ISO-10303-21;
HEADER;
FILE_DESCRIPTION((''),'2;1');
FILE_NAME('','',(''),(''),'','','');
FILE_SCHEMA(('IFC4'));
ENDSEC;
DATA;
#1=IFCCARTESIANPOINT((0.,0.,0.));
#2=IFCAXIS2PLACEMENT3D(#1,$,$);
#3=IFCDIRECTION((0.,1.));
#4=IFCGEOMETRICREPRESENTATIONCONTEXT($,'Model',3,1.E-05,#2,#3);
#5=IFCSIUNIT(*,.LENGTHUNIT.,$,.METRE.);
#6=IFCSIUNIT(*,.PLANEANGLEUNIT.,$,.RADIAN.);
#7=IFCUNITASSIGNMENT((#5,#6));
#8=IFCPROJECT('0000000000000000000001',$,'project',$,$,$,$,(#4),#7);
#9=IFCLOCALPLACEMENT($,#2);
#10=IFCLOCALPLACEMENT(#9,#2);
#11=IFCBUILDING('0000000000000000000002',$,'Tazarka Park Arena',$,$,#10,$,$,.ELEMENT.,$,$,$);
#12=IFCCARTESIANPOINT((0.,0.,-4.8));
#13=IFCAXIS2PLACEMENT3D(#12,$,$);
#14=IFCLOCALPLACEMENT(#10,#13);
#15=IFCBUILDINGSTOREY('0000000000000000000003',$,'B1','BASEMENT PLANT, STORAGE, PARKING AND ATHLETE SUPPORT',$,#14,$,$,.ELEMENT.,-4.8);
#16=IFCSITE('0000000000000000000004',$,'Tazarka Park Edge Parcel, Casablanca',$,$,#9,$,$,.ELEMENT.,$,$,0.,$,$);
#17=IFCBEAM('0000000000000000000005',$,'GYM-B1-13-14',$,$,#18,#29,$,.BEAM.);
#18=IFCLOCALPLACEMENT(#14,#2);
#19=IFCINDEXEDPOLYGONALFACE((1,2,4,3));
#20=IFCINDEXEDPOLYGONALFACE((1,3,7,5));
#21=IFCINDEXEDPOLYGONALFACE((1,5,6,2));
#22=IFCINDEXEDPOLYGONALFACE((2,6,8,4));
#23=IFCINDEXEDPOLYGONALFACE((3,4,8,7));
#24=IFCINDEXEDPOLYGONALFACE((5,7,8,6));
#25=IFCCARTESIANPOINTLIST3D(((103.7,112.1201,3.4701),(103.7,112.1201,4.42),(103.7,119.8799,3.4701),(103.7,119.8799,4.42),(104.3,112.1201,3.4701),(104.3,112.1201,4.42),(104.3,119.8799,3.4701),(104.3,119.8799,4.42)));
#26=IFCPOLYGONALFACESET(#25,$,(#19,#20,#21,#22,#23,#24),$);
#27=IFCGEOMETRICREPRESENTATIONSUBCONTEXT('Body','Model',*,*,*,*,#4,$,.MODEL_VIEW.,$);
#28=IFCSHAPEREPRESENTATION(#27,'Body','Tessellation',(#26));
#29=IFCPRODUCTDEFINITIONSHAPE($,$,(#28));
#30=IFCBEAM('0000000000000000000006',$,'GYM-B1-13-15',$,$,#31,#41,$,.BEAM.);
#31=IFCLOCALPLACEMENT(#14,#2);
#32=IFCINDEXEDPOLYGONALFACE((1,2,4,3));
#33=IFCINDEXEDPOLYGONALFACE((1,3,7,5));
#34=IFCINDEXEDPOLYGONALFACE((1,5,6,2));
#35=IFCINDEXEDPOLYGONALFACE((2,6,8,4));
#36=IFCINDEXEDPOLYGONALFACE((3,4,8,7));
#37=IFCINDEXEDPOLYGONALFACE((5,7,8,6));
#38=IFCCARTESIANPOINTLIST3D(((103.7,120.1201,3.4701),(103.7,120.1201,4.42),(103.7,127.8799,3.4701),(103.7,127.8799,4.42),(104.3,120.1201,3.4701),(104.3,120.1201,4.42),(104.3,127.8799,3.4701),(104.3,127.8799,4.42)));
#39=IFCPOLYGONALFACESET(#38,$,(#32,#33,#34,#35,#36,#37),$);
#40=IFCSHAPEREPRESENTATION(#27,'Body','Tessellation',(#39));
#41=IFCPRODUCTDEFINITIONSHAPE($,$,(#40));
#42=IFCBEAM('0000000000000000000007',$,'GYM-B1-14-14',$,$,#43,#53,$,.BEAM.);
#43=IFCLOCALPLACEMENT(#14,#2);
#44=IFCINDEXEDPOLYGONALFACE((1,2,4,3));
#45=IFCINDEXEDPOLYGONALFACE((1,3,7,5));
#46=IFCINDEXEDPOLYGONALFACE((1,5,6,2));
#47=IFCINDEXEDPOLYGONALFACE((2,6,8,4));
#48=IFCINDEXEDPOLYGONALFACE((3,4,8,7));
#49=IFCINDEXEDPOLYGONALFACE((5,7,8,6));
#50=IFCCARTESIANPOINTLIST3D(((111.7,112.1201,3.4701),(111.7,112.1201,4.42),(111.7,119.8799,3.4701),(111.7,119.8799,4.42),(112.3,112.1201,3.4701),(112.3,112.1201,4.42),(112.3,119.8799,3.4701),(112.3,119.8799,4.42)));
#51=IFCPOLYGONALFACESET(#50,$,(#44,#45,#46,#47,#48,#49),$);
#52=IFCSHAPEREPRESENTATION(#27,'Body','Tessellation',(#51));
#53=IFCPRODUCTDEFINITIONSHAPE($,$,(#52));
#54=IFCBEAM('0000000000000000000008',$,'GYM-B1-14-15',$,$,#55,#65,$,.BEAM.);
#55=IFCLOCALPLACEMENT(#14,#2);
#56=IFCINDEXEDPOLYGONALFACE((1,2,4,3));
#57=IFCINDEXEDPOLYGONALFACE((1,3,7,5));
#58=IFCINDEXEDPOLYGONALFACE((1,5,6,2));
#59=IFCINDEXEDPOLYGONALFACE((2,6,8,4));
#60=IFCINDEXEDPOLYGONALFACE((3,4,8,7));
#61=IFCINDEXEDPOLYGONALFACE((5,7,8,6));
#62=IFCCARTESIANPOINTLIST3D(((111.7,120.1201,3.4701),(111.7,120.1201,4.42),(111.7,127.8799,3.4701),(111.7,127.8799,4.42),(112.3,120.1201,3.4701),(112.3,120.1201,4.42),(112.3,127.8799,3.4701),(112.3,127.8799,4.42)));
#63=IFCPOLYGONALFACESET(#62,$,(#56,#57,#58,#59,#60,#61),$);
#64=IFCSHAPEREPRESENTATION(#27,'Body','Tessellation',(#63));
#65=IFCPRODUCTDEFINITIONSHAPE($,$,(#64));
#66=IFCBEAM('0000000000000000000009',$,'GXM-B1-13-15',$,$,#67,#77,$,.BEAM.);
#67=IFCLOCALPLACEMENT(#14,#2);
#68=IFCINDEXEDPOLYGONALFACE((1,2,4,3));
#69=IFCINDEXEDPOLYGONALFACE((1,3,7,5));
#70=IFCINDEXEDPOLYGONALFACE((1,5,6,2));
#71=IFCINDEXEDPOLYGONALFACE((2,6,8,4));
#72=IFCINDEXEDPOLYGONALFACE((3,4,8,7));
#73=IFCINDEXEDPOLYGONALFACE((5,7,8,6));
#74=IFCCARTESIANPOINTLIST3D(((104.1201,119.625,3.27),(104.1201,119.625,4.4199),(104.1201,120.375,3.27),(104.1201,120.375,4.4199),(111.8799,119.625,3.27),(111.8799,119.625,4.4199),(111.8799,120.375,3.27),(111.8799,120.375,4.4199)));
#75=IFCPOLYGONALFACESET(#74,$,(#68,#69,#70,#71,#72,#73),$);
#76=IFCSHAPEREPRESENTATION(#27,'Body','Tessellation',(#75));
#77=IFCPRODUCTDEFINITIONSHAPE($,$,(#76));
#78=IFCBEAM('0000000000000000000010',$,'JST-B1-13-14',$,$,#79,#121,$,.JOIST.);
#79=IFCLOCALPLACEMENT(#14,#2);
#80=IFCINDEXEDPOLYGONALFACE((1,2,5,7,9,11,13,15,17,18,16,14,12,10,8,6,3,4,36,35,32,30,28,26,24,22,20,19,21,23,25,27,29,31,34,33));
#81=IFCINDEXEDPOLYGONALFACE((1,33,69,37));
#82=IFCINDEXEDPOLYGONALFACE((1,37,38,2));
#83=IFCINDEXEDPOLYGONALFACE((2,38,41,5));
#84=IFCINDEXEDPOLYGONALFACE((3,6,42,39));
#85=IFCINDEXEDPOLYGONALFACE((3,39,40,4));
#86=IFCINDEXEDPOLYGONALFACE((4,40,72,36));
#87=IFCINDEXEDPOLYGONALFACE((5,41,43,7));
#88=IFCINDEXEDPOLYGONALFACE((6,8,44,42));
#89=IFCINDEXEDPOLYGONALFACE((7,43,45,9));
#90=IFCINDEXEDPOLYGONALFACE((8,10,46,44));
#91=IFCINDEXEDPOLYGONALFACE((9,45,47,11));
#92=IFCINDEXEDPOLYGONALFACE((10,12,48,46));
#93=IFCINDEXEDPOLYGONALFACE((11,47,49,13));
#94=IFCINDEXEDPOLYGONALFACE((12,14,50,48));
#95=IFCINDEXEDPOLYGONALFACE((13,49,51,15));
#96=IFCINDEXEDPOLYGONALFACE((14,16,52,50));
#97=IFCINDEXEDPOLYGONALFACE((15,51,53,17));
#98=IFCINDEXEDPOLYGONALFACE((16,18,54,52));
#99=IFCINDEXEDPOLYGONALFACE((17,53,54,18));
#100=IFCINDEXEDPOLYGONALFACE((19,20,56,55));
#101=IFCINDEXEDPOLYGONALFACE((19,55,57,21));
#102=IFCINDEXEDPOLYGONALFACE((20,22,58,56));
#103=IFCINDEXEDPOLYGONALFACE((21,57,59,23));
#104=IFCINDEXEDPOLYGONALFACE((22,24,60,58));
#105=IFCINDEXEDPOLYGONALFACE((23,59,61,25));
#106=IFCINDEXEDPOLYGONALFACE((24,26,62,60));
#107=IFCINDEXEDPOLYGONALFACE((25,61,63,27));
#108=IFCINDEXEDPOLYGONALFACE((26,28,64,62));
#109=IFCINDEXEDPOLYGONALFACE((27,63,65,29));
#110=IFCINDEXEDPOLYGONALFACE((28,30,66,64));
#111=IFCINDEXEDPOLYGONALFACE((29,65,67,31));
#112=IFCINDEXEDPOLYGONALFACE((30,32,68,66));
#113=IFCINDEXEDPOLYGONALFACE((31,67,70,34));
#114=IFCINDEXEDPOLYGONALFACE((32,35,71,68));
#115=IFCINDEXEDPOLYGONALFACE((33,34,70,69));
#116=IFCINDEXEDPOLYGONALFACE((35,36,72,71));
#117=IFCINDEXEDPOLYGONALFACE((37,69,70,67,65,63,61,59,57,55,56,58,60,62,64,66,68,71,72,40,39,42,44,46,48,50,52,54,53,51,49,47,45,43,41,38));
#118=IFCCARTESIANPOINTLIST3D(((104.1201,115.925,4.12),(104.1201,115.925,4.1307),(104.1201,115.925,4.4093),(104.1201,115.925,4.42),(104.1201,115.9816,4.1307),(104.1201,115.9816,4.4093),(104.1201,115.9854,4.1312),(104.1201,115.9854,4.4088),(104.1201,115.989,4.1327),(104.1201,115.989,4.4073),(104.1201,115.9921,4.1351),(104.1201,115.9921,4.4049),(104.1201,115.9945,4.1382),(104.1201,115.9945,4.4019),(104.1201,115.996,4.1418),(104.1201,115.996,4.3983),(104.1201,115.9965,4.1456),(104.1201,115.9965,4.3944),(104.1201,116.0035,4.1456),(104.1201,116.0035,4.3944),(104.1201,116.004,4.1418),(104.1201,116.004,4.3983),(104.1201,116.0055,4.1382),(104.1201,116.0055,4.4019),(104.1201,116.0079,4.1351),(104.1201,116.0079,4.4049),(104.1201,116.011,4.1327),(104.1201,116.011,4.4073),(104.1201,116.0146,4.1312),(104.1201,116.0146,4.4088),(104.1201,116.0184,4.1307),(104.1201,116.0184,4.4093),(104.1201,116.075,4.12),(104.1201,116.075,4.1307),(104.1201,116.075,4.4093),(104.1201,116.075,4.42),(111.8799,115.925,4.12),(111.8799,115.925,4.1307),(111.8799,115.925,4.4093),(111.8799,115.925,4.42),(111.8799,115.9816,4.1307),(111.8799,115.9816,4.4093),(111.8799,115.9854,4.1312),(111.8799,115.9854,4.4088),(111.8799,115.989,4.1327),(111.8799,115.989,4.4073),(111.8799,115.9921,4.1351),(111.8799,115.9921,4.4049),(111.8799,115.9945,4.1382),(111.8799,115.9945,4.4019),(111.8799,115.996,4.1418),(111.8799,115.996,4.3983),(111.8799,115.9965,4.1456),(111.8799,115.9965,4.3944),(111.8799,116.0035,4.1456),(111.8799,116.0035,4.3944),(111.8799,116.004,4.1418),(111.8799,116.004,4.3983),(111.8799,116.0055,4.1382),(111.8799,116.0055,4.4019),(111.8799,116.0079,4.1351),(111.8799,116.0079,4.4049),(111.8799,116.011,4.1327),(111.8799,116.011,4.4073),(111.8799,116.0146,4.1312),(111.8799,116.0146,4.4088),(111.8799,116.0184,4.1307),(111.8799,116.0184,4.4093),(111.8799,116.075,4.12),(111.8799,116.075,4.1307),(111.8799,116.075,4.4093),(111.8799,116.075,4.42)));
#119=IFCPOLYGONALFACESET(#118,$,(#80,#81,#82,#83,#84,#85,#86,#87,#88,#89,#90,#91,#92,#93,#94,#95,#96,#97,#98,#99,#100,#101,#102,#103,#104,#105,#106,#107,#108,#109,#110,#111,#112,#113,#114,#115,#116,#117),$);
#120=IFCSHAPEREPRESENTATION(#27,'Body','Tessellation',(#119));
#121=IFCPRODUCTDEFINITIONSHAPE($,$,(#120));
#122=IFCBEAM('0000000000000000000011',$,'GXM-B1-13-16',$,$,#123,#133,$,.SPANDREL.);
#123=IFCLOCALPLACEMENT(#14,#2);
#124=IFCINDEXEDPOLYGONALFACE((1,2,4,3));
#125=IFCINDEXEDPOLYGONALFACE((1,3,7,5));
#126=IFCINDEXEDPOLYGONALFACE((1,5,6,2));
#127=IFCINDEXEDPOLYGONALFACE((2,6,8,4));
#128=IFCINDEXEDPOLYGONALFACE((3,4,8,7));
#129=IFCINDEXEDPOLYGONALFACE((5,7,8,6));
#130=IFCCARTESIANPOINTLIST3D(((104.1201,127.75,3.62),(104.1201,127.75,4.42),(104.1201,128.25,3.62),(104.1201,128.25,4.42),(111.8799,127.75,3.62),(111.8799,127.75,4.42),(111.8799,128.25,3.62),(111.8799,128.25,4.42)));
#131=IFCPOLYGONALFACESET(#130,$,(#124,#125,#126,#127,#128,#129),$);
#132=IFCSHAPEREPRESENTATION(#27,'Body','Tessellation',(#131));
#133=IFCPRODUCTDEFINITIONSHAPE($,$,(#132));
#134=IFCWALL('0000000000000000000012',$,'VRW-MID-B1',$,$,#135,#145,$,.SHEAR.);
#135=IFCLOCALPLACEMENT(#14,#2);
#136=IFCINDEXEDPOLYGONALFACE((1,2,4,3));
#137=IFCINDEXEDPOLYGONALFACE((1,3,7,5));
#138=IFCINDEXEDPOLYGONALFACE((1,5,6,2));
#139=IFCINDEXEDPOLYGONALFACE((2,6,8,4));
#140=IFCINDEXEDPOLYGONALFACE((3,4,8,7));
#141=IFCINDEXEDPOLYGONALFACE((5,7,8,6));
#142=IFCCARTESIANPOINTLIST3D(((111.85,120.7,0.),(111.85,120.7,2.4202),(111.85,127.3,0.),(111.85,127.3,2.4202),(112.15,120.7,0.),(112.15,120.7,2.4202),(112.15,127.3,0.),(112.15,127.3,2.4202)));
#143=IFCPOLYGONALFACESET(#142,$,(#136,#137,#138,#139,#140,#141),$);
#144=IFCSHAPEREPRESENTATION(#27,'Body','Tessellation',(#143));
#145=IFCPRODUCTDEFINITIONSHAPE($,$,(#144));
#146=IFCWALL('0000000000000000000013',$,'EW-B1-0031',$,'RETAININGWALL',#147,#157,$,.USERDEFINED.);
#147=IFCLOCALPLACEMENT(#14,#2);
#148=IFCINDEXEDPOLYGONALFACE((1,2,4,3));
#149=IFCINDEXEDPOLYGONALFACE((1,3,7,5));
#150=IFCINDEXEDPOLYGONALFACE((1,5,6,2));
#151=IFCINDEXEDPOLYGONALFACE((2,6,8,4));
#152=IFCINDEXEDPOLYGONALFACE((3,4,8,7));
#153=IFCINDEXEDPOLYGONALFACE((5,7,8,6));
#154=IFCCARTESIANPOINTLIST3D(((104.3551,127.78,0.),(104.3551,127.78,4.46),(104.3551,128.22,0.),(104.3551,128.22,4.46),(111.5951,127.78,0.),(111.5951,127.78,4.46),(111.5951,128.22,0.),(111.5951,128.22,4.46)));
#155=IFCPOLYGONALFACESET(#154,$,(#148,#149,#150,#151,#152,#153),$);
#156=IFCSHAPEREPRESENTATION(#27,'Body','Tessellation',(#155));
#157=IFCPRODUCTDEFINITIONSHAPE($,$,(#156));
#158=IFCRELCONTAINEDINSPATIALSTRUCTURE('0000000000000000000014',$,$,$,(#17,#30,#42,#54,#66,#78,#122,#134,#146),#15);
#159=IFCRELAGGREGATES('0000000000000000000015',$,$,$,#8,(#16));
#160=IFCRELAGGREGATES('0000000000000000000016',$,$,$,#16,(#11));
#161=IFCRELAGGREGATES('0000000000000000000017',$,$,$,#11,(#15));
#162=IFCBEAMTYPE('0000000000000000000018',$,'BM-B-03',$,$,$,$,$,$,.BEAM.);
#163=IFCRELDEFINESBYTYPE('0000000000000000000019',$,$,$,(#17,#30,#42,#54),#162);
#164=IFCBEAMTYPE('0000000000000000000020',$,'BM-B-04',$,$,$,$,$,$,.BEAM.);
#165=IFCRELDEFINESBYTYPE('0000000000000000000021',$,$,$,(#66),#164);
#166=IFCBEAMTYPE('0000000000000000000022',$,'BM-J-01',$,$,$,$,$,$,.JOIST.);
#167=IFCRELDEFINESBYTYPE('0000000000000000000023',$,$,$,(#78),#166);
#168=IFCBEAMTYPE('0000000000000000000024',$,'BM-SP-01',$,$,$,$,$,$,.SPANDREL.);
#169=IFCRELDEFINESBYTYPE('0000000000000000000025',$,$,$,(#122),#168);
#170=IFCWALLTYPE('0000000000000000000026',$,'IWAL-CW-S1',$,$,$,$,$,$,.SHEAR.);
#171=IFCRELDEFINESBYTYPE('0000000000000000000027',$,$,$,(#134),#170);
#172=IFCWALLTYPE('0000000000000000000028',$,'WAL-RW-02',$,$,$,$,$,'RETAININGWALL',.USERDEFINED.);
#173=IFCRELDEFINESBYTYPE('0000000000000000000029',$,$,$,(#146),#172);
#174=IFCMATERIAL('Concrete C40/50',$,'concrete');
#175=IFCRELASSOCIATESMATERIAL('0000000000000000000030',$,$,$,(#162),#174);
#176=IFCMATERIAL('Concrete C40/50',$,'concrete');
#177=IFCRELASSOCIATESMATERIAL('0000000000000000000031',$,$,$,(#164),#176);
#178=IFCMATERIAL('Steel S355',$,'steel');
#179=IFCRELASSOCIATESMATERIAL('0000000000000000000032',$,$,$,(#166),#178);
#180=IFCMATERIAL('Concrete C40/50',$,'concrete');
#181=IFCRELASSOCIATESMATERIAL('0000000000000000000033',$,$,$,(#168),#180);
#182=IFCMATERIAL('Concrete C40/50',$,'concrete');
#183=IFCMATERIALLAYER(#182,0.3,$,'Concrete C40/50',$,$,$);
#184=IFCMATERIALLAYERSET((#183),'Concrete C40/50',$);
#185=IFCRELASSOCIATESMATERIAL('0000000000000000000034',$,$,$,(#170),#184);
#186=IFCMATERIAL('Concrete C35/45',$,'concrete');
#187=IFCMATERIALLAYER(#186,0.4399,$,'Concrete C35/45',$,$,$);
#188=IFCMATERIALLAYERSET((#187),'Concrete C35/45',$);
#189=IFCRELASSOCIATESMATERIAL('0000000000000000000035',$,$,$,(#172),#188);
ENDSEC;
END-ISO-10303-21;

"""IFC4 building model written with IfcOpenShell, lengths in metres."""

from ifc_helpers import new_model, si_unit, direction, frame, frame_2d, origin, origin_2d, place, context, subcontext, project, spatial, rectangle, i_section, extrude, material, layer, layer_set, material_profile, profile_set, type_object, element, save


model = new_model("IFC4")

# Units and contexts
model_context = context("Model", 3, precision=1e-05, world=origin(), true_north=direction((0.0, 1.0)))
body_context = subcontext(model_context, "Body", "Model", "MODEL_VIEW")
ifc_project = project(units=[si_unit("LENGTHUNIT", "METRE"), si_unit("PLANEANGLEUNIT", "RADIAN")], contexts=[model_context])

# Site, building, storey
site_placement = place(None, origin())
site = spatial("IfcSite", under=ifc_project, at=site_placement, Name="Tazarka Park Edge Parcel, Casablanca", CompositionType="ELEMENT", RefElevation=0.0)
building_placement = place(site_placement, origin())
building = spatial("IfcBuilding", under=site, at=building_placement, Name="Tazarka Park Arena", CompositionType="ELEMENT")
storey_placement = place(building_placement, frame((0.0, 0.0, -4.8)))
storey = spatial("IfcBuildingStorey", under=building, at=storey_placement, Name="B1", Description="BASEMENT PLANT, STORAGE, PARKING AND ATHLETE SUPPORT", CompositionType="ELEMENT", Elevation=-4.8)

# Beams
ifc_material_1 = material(Name="Concrete C40/50", Category="concrete")
ifc_material_profile_1 = material_profile(ifc_material_1, rectangle(XDim=0.6001, YDim=0.95, at=origin_2d()), Name="Concrete C40/50")
ifc_profile_set_1 = profile_set([ifc_material_profile_1], Name="Concrete C40/50")
beam_type_1 = type_object("IfcBeamType", Name="BM-B-03", PredefinedType="BEAM", material=ifc_profile_set_1)
for number, where, z_axis, x_axis, name in (
    (1, (104.0, 112.1201, 3.9451), (0.0, 1.0, 0.0), (-1.0, 0.0, 0.0), "GYM-B1-13-14"),
    (2, (104.0, 120.1201, 3.9451), (0.0, 1.0, 0.0), (-1.0, 0.0, 0.0), "GYM-B1-13-15"),
    (3, (112.0, 112.1201, 3.9451), (0.0, 1.0, 0.0), (-1.0, 0.0, 0.0), "GYM-B1-14-14"),
    (4, (112.0, 120.1201, 3.9451), (0.0, 1.0, 0.0), (-1.0, 0.0, 0.0), "GYM-B1-14-15"),
):
    element("IfcBeam", number, at=place(storey_placement, frame(where, z_axis=z_axis, x_axis=x_axis)), inside=storey, type_object=beam_type_1, Name=name, PredefinedType="BEAM", context=body_context, shape_type="SweptSolid", body=[
        extrude(rectangle(XDim=0.6001, YDim=0.95, at=origin_2d()), origin(), (0.0, 0.0, 1.0), 7.7598),
    ])
ifc_material_2 = material(Name="Concrete C40/50", Category="concrete")
ifc_material_profile_2 = material_profile(ifc_material_2, rectangle(XDim=0.75, YDim=1.1499, at=origin_2d()), Name="Concrete C40/50")
ifc_profile_set_2 = profile_set([ifc_material_profile_2], Name="Concrete C40/50")
beam_type_2 = type_object("IfcBeamType", Name="BM-B-04", PredefinedType="BEAM", material=ifc_profile_set_2)
beam_1_placement = place(storey_placement, frame((104.1201, 120.0, 3.845), z_axis=(1.0, 0.0, 0.0), x_axis=(0.0, 1.0, 0.0)))
element("IfcBeam", 5, at=beam_1_placement, inside=storey, type_object=beam_type_2, Name="GXM-B1-13-15", PredefinedType="BEAM", context=body_context, shape_type="SweptSolid", body=[
    extrude(rectangle(XDim=0.75, YDim=1.1499, at=origin_2d()), origin(), (0.0, 0.0, 1.0), 7.7598),
])
ifc_material_3 = material(Name="Steel S355", Category="steel")
ifc_material_profile_3 = material_profile(ifc_material_3, i_section(OverallWidth=0.1499, OverallDepth=0.3, WebThickness=0.0071, FlangeThickness=0.0107, FilletRadius=0.0149, at=origin_2d()), Name="Steel S355")
ifc_profile_set_3 = profile_set([ifc_material_profile_3], Name="Steel S355")
beam_type_3 = type_object("IfcBeamType", Name="BM-J-01", PredefinedType="JOIST", material=ifc_profile_set_3)
beam_2_placement = place(storey_placement, frame((104.1201, 116.0, 4.27), z_axis=(1.0, 0.0, 0.0), x_axis=(0.0, 1.0, 0.0)))
element("IfcBeam", 6, at=beam_2_placement, inside=storey, type_object=beam_type_3, Name="JST-B1-13-14", PredefinedType="JOIST", context=body_context, shape_type="SweptSolid", body=[
    extrude(i_section(OverallWidth=0.1499, OverallDepth=0.3, WebThickness=0.0071, FlangeThickness=0.0107, FilletRadius=0.0149, at=origin_2d()), origin(), (0.0, 0.0, 1.0), 7.7598),
])
ifc_material_4 = material(Name="Concrete C40/50", Category="concrete")
ifc_material_profile_4 = material_profile(ifc_material_4, rectangle(XDim=0.5, YDim=0.8, at=origin_2d()), Name="Concrete C40/50")
ifc_profile_set_4 = profile_set([ifc_material_profile_4], Name="Concrete C40/50")
beam_type_4 = type_object("IfcBeamType", Name="BM-SP-01", PredefinedType="SPANDREL", material=ifc_profile_set_4)
beam_3_placement = place(storey_placement, frame((104.1201, 128.0, 4.02), z_axis=(1.0, 0.0, 0.0), x_axis=(0.0, 1.0, 0.0)))
element("IfcBeam", 7, at=beam_3_placement, inside=storey, type_object=beam_type_4, Name="GXM-B1-13-16", PredefinedType="SPANDREL", context=body_context, shape_type="SweptSolid", body=[
    extrude(rectangle(XDim=0.5, YDim=0.8, at=origin_2d()), origin(), (0.0, 0.0, 1.0), 7.7598),
])

# Walls
ifc_material_5 = material(Name="Concrete C40/50", Category="concrete")
ifc_layer_1 = layer(ifc_material_5, 0.3, Name="Concrete C40/50")
ifc_layer_set_1 = layer_set([ifc_layer_1], Name="Concrete C40/50")
wall_type_1 = type_object("IfcWallType", Name="IWAL-CW-S1", PredefinedType="SHEAR", material=ifc_layer_set_1)
wall_1_placement = place(storey_placement, frame((112.0, 120.7, 0.0), z_axis=(0.0, 0.0, 1.0), x_axis=(0.0, 1.0, 0.0)))
element("IfcWall", 8, at=wall_1_placement, inside=storey, type_object=wall_type_1, Name="VRW-MID-B1", PredefinedType="SHEAR", context=body_context, shape_type="SweptSolid", body=[
    extrude(rectangle(XDim=6.6001, YDim=0.3, at=frame_2d((3.3, 0.0))), origin(), (0.0, 0.0, 1.0), 2.4202),
])
ifc_material_6 = material(Name="Concrete C35/45", Category="concrete")
ifc_layer_2 = layer(ifc_material_6, 0.4399, Name="Concrete C35/45")
ifc_layer_set_2 = layer_set([ifc_layer_2], Name="Concrete C35/45")
wall_type_2 = type_object("IfcWallType", Name="WAL-RW-02", ElementType="RETAININGWALL", PredefinedType="USERDEFINED", material=ifc_layer_set_2)
wall_2_placement = place(storey_placement, frame((104.355, 128.0, 0.0), z_axis=(0.0, 0.0, 1.0), x_axis=(1.0, 0.0, 0.0)))
element("IfcWall", 9, at=wall_2_placement, inside=storey, type_object=wall_type_2, Name="EW-B1-0031", ObjectType="RETAININGWALL", PredefinedType="USERDEFINED", context=body_context, shape_type="SweptSolid", body=[
    extrude(rectangle(XDim=7.24, YDim=0.4399, at=frame_2d((3.6201, 0.0))), origin(), (0.0, 0.0, 1.0), 4.46),
])

save(model, "model.ifc")
